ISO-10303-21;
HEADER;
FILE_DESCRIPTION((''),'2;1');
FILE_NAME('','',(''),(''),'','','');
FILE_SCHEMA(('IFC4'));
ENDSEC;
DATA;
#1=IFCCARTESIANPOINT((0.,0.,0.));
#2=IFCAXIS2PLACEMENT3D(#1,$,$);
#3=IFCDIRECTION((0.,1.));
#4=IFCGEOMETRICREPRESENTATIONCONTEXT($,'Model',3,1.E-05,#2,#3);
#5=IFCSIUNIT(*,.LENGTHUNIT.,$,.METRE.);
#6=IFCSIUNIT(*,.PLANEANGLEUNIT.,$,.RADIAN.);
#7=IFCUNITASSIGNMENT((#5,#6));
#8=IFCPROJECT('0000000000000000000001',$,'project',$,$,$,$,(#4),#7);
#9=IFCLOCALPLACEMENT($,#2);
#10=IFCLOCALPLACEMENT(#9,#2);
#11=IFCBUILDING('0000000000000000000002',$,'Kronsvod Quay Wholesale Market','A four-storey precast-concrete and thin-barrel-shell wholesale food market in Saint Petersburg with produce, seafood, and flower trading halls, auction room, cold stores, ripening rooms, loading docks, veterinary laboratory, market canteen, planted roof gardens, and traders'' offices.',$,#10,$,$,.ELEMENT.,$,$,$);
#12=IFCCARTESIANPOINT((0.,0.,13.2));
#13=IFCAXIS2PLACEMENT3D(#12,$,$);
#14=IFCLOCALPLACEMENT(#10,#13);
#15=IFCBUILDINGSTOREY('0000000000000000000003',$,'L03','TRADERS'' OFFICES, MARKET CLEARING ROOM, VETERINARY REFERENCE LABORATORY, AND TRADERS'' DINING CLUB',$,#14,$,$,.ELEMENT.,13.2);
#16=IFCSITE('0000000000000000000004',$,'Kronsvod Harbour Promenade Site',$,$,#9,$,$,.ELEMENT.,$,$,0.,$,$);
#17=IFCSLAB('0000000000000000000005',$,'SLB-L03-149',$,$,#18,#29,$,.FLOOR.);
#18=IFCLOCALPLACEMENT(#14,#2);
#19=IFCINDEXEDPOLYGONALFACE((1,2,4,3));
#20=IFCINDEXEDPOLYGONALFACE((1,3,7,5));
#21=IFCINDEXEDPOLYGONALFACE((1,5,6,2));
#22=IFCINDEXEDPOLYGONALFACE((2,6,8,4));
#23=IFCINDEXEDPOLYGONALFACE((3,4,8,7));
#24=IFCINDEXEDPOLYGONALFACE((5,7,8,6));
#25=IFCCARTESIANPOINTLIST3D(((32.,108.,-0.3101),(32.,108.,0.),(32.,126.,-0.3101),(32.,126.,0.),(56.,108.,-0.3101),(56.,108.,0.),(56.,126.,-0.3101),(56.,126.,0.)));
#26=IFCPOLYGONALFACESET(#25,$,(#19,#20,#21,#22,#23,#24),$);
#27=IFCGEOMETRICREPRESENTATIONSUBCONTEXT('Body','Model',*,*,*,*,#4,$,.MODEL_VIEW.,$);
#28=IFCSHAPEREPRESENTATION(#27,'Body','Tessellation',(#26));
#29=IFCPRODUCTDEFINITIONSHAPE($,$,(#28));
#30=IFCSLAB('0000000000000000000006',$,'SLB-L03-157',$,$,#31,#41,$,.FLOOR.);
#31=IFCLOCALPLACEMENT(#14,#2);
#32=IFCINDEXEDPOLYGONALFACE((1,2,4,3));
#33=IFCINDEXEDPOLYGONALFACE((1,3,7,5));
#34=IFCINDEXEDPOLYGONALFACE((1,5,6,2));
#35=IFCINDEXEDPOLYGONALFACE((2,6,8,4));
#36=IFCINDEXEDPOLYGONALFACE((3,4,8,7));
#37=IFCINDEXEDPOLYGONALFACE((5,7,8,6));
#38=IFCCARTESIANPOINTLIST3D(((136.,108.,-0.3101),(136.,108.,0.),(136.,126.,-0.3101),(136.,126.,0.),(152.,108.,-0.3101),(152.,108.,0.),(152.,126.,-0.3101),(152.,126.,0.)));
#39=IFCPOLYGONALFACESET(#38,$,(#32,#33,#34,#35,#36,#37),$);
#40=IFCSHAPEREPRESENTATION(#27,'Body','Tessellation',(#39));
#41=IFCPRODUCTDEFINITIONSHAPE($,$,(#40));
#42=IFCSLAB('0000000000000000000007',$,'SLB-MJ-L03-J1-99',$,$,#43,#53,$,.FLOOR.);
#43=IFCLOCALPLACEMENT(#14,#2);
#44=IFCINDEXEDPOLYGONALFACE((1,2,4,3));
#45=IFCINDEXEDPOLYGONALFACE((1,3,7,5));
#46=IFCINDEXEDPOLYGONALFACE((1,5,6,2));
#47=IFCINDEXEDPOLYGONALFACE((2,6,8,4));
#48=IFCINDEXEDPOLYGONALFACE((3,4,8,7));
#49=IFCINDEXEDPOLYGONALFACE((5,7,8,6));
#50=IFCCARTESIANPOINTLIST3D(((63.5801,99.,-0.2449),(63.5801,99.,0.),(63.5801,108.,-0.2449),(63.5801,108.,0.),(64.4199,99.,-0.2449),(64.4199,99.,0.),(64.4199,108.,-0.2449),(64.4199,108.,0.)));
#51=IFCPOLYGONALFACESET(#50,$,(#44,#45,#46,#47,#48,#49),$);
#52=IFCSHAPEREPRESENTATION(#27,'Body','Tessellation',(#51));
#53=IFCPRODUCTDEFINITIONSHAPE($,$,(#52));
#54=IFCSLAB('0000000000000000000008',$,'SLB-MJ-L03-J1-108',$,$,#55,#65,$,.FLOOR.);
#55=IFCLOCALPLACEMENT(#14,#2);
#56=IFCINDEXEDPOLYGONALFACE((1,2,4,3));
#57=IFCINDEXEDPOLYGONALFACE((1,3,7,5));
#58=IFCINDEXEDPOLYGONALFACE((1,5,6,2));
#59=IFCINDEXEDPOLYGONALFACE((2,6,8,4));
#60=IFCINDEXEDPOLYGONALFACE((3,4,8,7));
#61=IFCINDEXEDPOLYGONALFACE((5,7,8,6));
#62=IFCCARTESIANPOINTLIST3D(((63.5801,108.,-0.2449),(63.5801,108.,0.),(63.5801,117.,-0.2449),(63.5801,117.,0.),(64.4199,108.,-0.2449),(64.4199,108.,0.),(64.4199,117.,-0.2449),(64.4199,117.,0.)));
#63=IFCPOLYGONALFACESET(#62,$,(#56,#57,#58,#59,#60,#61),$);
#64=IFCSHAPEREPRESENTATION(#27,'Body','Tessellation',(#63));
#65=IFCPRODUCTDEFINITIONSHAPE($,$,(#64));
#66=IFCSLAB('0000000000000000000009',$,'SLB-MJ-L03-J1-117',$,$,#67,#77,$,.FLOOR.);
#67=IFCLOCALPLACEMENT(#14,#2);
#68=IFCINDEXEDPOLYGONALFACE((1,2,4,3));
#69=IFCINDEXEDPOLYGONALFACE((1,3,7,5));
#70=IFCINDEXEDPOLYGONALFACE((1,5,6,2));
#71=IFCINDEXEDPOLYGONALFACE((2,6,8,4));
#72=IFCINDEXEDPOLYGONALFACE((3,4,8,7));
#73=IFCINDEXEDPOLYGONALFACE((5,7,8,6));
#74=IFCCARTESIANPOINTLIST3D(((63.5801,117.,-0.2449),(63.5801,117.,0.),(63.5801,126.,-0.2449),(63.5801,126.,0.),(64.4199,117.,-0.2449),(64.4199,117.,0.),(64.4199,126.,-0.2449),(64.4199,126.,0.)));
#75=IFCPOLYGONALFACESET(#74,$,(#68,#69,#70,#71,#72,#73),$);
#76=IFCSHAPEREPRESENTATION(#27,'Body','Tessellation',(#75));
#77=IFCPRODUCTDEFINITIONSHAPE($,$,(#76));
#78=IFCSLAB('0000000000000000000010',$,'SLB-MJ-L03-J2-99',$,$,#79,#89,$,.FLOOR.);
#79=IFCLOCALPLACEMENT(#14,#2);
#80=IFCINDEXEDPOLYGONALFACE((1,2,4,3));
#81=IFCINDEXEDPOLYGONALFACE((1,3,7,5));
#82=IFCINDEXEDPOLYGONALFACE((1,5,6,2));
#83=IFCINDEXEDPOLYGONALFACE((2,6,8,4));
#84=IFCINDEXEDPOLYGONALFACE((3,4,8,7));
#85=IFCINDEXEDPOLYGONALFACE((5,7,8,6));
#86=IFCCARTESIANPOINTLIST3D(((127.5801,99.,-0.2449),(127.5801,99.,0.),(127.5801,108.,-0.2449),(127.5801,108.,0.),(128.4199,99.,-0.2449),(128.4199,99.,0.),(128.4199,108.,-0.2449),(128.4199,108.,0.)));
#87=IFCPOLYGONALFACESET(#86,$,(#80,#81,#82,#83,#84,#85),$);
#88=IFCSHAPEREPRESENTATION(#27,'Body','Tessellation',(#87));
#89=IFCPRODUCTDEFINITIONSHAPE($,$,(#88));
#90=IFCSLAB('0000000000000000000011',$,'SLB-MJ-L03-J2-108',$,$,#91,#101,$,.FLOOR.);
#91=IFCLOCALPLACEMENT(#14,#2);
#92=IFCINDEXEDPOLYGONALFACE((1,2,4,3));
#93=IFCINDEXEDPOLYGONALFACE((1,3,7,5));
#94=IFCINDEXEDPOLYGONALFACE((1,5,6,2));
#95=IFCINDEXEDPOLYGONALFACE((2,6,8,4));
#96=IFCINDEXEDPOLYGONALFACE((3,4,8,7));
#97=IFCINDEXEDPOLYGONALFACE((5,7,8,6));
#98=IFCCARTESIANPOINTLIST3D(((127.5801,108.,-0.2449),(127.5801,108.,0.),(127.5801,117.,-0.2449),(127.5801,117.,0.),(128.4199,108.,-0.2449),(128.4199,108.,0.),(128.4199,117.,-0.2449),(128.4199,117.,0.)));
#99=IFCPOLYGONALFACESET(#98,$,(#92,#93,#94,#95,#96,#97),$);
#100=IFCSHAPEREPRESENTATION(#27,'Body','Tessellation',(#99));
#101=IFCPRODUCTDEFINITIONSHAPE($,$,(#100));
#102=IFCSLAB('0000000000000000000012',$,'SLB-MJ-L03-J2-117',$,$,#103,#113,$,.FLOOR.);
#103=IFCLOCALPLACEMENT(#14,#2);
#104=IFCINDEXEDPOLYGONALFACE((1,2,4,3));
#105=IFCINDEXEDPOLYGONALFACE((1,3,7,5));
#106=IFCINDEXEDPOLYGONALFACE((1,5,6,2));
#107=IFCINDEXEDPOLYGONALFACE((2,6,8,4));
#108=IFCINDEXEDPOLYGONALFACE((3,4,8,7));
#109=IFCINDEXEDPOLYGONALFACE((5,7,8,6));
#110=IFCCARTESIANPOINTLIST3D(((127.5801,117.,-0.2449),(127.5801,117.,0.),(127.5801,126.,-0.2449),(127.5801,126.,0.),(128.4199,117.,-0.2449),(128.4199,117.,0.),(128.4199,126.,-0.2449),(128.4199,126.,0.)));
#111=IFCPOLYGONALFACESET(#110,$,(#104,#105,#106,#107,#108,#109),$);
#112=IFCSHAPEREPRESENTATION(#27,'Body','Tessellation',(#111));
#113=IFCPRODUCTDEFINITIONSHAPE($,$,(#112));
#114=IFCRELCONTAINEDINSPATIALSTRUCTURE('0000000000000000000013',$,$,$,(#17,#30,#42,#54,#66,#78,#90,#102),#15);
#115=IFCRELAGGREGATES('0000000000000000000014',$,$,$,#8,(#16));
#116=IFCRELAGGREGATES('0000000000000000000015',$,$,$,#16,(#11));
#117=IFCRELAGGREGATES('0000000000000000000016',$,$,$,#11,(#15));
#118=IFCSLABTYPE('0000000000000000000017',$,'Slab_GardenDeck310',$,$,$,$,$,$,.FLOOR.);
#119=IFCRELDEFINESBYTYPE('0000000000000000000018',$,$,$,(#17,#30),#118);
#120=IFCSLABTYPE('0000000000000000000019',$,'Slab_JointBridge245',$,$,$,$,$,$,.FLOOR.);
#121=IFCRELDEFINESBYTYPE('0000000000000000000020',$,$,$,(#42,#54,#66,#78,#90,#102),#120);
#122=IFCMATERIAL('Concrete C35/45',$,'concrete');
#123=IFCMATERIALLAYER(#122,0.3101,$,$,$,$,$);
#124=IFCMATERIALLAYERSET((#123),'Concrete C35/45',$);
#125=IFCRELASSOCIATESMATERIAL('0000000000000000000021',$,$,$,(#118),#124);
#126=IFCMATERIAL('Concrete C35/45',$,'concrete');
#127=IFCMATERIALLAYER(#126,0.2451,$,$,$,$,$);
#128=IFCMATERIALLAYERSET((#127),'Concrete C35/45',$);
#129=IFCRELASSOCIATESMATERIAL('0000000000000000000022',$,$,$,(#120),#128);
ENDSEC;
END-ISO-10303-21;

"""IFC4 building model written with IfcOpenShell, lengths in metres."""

from ifc_helpers import new_model, si_unit, direction, frame, origin, place, context, subcontext, project, spatial, polyline, outline, extrude, material, layer, layer_set, type_object, element, save


model = new_model("IFC4")

# Units and contexts
model_context = context("Model", 3, precision=1e-05, world=origin(), true_north=direction((0.0, 1.0)))
body_context = subcontext(model_context, "Body", "Model", "MODEL_VIEW")
ifc_project = project(units=[si_unit("LENGTHUNIT", "METRE"), si_unit("PLANEANGLEUNIT", "RADIAN")], contexts=[model_context])

# Site, building, storey
site_placement = place(None, origin())
site = spatial("IfcSite", under=ifc_project, at=site_placement, Name="Kronsvod Harbour Promenade Site", CompositionType="ELEMENT", RefElevation=0.0)
building_placement = place(site_placement, origin())
building = spatial("IfcBuilding", under=site, at=building_placement, Name="Kronsvod Quay Wholesale Market", Description="A four-storey precast-concrete and thin-barrel-shell wholesale food market in Saint Petersburg with produce, seafood, and flower trading halls, auction room, cold stores, ripening rooms, loading docks, veterinary laboratory, market canteen, planted roof gardens, and traders' offices.", CompositionType="ELEMENT")
storey_placement = place(building_placement, frame((0.0, 0.0, 13.2)))
storey = spatial("IfcBuildingStorey", under=building, at=storey_placement, Name="L03", Description="TRADERS' OFFICES, MARKET CLEARING ROOM, VETERINARY REFERENCE LABORATORY, AND TRADERS' DINING CLUB", CompositionType="ELEMENT", Elevation=13.2)

# Slabs
ifc_material_1 = material(Name="Concrete C35/45", Category="concrete")
ifc_layer_1 = layer(ifc_material_1, 0.3101)
ifc_layer_set_1 = layer_set([ifc_layer_1], Name="Concrete C35/45")
slab_type_1 = type_object("IfcSlabType", Name="Slab_GardenDeck310", PredefinedType="FLOOR", material=ifc_layer_set_1)
slab_1_placement = place(storey_placement, frame((0.0, 0.0, -0.3101)))
element("IfcSlab", 1, at=slab_1_placement, inside=storey, type_object=slab_type_1, Name="SLB-L03-149", PredefinedType="FLOOR", context=body_context, shape_type="SweptSolid", body=[
    extrude(outline(polyline([(32.0, 108.0), (56.0, 108.0), (56.0, 126.0), (32.0, 126.0), (32.0, 108.0)])), origin(), (0.0, 0.0, 1.0), 0.3101),
])
slab_2_placement = place(storey_placement, frame((0.0, 0.0, -0.3101)))
element("IfcSlab", 2, at=slab_2_placement, inside=storey, type_object=slab_type_1, Name="SLB-L03-157", PredefinedType="FLOOR", context=body_context, shape_type="SweptSolid", body=[
    extrude(outline(polyline([(136.0, 108.0), (152.0, 108.0), (152.0, 126.0), (136.0, 126.0), (136.0, 108.0)])), origin(), (0.0, 0.0, 1.0), 0.3101),
])
ifc_material_2 = material(Name="Concrete C35/45", Category="concrete")
ifc_layer_2 = layer(ifc_material_2, 0.2451)
ifc_layer_set_2 = layer_set([ifc_layer_2], Name="Concrete C35/45")
slab_type_2 = type_object("IfcSlabType", Name="Slab_JointBridge245", PredefinedType="FLOOR", material=ifc_layer_set_2)
slab_3_placement = place(storey_placement, frame((0.0, 0.0, -0.2449)))
element("IfcSlab", 3, at=slab_3_placement, inside=storey, type_object=slab_type_2, Name="SLB-MJ-L03-J1-99", PredefinedType="FLOOR", context=body_context, shape_type="SweptSolid", body=[
    extrude(outline(polyline([(63.5801, 99.0), (64.4199, 99.0), (64.4199, 108.0), (63.5801, 108.0), (63.5801, 99.0)])), origin(), (0.0, 0.0, 1.0), 0.2449),
])
slab_4_placement = place(storey_placement, frame((0.0, 0.0, -0.2449)))
element("IfcSlab", 4, at=slab_4_placement, inside=storey, type_object=slab_type_2, Name="SLB-MJ-L03-J1-108", PredefinedType="FLOOR", context=body_context, shape_type="SweptSolid", body=[
    extrude(outline(polyline([(63.5801, 108.0), (64.4199, 108.0), (64.4199, 117.0), (63.5801, 117.0), (63.5801, 108.0)])), origin(), (0.0, 0.0, 1.0), 0.2449),
])
slab_5_placement = place(storey_placement, frame((0.0, 0.0, -0.2449)))
element("IfcSlab", 5, at=slab_5_placement, inside=storey, type_object=slab_type_2, Name="SLB-MJ-L03-J1-117", PredefinedType="FLOOR", context=body_context, shape_type="SweptSolid", body=[
    extrude(outline(polyline([(63.5801, 117.0), (64.4199, 117.0), (64.4199, 126.0), (63.5801, 126.0), (63.5801, 117.0)])), origin(), (0.0, 0.0, 1.0), 0.2449),
])
slab_6_placement = place(storey_placement, frame((0.0, 0.0, -0.2449)))
element("IfcSlab", 6, at=slab_6_placement, inside=storey, type_object=slab_type_2, Name="SLB-MJ-L03-J2-99", PredefinedType="FLOOR", context=body_context, shape_type="SweptSolid", body=[
    extrude(outline(polyline([(127.5801, 99.0), (128.4199, 99.0), (128.4199, 108.0), (127.5801, 108.0), (127.5801, 99.0)])), origin(), (0.0, 0.0, 1.0), 0.2449),
])
slab_7_placement = place(storey_placement, frame((0.0, 0.0, -0.2449)))
element("IfcSlab", 7, at=slab_7_placement, inside=storey, type_object=slab_type_2, Name="SLB-MJ-L03-J2-108", PredefinedType="FLOOR", context=body_context, shape_type="SweptSolid", body=[
    extrude(outline(polyline([(127.5801, 108.0), (128.4199, 108.0), (128.4199, 117.0), (127.5801, 117.0), (127.5801, 108.0)])), origin(), (0.0, 0.0, 1.0), 0.2449),
])
slab_8_placement = place(storey_placement, frame((0.0, 0.0, -0.2449)))
element("IfcSlab", 8, at=slab_8_placement, inside=storey, type_object=slab_type_2, Name="SLB-MJ-L03-J2-117", PredefinedType="FLOOR", context=body_context, shape_type="SweptSolid", body=[
    extrude(outline(polyline([(127.5801, 117.0), (128.4199, 117.0), (128.4199, 126.0), (127.5801, 126.0), (127.5801, 117.0)])), origin(), (0.0, 0.0, 1.0), 0.2449),
])

save(model, "model.ifc")
